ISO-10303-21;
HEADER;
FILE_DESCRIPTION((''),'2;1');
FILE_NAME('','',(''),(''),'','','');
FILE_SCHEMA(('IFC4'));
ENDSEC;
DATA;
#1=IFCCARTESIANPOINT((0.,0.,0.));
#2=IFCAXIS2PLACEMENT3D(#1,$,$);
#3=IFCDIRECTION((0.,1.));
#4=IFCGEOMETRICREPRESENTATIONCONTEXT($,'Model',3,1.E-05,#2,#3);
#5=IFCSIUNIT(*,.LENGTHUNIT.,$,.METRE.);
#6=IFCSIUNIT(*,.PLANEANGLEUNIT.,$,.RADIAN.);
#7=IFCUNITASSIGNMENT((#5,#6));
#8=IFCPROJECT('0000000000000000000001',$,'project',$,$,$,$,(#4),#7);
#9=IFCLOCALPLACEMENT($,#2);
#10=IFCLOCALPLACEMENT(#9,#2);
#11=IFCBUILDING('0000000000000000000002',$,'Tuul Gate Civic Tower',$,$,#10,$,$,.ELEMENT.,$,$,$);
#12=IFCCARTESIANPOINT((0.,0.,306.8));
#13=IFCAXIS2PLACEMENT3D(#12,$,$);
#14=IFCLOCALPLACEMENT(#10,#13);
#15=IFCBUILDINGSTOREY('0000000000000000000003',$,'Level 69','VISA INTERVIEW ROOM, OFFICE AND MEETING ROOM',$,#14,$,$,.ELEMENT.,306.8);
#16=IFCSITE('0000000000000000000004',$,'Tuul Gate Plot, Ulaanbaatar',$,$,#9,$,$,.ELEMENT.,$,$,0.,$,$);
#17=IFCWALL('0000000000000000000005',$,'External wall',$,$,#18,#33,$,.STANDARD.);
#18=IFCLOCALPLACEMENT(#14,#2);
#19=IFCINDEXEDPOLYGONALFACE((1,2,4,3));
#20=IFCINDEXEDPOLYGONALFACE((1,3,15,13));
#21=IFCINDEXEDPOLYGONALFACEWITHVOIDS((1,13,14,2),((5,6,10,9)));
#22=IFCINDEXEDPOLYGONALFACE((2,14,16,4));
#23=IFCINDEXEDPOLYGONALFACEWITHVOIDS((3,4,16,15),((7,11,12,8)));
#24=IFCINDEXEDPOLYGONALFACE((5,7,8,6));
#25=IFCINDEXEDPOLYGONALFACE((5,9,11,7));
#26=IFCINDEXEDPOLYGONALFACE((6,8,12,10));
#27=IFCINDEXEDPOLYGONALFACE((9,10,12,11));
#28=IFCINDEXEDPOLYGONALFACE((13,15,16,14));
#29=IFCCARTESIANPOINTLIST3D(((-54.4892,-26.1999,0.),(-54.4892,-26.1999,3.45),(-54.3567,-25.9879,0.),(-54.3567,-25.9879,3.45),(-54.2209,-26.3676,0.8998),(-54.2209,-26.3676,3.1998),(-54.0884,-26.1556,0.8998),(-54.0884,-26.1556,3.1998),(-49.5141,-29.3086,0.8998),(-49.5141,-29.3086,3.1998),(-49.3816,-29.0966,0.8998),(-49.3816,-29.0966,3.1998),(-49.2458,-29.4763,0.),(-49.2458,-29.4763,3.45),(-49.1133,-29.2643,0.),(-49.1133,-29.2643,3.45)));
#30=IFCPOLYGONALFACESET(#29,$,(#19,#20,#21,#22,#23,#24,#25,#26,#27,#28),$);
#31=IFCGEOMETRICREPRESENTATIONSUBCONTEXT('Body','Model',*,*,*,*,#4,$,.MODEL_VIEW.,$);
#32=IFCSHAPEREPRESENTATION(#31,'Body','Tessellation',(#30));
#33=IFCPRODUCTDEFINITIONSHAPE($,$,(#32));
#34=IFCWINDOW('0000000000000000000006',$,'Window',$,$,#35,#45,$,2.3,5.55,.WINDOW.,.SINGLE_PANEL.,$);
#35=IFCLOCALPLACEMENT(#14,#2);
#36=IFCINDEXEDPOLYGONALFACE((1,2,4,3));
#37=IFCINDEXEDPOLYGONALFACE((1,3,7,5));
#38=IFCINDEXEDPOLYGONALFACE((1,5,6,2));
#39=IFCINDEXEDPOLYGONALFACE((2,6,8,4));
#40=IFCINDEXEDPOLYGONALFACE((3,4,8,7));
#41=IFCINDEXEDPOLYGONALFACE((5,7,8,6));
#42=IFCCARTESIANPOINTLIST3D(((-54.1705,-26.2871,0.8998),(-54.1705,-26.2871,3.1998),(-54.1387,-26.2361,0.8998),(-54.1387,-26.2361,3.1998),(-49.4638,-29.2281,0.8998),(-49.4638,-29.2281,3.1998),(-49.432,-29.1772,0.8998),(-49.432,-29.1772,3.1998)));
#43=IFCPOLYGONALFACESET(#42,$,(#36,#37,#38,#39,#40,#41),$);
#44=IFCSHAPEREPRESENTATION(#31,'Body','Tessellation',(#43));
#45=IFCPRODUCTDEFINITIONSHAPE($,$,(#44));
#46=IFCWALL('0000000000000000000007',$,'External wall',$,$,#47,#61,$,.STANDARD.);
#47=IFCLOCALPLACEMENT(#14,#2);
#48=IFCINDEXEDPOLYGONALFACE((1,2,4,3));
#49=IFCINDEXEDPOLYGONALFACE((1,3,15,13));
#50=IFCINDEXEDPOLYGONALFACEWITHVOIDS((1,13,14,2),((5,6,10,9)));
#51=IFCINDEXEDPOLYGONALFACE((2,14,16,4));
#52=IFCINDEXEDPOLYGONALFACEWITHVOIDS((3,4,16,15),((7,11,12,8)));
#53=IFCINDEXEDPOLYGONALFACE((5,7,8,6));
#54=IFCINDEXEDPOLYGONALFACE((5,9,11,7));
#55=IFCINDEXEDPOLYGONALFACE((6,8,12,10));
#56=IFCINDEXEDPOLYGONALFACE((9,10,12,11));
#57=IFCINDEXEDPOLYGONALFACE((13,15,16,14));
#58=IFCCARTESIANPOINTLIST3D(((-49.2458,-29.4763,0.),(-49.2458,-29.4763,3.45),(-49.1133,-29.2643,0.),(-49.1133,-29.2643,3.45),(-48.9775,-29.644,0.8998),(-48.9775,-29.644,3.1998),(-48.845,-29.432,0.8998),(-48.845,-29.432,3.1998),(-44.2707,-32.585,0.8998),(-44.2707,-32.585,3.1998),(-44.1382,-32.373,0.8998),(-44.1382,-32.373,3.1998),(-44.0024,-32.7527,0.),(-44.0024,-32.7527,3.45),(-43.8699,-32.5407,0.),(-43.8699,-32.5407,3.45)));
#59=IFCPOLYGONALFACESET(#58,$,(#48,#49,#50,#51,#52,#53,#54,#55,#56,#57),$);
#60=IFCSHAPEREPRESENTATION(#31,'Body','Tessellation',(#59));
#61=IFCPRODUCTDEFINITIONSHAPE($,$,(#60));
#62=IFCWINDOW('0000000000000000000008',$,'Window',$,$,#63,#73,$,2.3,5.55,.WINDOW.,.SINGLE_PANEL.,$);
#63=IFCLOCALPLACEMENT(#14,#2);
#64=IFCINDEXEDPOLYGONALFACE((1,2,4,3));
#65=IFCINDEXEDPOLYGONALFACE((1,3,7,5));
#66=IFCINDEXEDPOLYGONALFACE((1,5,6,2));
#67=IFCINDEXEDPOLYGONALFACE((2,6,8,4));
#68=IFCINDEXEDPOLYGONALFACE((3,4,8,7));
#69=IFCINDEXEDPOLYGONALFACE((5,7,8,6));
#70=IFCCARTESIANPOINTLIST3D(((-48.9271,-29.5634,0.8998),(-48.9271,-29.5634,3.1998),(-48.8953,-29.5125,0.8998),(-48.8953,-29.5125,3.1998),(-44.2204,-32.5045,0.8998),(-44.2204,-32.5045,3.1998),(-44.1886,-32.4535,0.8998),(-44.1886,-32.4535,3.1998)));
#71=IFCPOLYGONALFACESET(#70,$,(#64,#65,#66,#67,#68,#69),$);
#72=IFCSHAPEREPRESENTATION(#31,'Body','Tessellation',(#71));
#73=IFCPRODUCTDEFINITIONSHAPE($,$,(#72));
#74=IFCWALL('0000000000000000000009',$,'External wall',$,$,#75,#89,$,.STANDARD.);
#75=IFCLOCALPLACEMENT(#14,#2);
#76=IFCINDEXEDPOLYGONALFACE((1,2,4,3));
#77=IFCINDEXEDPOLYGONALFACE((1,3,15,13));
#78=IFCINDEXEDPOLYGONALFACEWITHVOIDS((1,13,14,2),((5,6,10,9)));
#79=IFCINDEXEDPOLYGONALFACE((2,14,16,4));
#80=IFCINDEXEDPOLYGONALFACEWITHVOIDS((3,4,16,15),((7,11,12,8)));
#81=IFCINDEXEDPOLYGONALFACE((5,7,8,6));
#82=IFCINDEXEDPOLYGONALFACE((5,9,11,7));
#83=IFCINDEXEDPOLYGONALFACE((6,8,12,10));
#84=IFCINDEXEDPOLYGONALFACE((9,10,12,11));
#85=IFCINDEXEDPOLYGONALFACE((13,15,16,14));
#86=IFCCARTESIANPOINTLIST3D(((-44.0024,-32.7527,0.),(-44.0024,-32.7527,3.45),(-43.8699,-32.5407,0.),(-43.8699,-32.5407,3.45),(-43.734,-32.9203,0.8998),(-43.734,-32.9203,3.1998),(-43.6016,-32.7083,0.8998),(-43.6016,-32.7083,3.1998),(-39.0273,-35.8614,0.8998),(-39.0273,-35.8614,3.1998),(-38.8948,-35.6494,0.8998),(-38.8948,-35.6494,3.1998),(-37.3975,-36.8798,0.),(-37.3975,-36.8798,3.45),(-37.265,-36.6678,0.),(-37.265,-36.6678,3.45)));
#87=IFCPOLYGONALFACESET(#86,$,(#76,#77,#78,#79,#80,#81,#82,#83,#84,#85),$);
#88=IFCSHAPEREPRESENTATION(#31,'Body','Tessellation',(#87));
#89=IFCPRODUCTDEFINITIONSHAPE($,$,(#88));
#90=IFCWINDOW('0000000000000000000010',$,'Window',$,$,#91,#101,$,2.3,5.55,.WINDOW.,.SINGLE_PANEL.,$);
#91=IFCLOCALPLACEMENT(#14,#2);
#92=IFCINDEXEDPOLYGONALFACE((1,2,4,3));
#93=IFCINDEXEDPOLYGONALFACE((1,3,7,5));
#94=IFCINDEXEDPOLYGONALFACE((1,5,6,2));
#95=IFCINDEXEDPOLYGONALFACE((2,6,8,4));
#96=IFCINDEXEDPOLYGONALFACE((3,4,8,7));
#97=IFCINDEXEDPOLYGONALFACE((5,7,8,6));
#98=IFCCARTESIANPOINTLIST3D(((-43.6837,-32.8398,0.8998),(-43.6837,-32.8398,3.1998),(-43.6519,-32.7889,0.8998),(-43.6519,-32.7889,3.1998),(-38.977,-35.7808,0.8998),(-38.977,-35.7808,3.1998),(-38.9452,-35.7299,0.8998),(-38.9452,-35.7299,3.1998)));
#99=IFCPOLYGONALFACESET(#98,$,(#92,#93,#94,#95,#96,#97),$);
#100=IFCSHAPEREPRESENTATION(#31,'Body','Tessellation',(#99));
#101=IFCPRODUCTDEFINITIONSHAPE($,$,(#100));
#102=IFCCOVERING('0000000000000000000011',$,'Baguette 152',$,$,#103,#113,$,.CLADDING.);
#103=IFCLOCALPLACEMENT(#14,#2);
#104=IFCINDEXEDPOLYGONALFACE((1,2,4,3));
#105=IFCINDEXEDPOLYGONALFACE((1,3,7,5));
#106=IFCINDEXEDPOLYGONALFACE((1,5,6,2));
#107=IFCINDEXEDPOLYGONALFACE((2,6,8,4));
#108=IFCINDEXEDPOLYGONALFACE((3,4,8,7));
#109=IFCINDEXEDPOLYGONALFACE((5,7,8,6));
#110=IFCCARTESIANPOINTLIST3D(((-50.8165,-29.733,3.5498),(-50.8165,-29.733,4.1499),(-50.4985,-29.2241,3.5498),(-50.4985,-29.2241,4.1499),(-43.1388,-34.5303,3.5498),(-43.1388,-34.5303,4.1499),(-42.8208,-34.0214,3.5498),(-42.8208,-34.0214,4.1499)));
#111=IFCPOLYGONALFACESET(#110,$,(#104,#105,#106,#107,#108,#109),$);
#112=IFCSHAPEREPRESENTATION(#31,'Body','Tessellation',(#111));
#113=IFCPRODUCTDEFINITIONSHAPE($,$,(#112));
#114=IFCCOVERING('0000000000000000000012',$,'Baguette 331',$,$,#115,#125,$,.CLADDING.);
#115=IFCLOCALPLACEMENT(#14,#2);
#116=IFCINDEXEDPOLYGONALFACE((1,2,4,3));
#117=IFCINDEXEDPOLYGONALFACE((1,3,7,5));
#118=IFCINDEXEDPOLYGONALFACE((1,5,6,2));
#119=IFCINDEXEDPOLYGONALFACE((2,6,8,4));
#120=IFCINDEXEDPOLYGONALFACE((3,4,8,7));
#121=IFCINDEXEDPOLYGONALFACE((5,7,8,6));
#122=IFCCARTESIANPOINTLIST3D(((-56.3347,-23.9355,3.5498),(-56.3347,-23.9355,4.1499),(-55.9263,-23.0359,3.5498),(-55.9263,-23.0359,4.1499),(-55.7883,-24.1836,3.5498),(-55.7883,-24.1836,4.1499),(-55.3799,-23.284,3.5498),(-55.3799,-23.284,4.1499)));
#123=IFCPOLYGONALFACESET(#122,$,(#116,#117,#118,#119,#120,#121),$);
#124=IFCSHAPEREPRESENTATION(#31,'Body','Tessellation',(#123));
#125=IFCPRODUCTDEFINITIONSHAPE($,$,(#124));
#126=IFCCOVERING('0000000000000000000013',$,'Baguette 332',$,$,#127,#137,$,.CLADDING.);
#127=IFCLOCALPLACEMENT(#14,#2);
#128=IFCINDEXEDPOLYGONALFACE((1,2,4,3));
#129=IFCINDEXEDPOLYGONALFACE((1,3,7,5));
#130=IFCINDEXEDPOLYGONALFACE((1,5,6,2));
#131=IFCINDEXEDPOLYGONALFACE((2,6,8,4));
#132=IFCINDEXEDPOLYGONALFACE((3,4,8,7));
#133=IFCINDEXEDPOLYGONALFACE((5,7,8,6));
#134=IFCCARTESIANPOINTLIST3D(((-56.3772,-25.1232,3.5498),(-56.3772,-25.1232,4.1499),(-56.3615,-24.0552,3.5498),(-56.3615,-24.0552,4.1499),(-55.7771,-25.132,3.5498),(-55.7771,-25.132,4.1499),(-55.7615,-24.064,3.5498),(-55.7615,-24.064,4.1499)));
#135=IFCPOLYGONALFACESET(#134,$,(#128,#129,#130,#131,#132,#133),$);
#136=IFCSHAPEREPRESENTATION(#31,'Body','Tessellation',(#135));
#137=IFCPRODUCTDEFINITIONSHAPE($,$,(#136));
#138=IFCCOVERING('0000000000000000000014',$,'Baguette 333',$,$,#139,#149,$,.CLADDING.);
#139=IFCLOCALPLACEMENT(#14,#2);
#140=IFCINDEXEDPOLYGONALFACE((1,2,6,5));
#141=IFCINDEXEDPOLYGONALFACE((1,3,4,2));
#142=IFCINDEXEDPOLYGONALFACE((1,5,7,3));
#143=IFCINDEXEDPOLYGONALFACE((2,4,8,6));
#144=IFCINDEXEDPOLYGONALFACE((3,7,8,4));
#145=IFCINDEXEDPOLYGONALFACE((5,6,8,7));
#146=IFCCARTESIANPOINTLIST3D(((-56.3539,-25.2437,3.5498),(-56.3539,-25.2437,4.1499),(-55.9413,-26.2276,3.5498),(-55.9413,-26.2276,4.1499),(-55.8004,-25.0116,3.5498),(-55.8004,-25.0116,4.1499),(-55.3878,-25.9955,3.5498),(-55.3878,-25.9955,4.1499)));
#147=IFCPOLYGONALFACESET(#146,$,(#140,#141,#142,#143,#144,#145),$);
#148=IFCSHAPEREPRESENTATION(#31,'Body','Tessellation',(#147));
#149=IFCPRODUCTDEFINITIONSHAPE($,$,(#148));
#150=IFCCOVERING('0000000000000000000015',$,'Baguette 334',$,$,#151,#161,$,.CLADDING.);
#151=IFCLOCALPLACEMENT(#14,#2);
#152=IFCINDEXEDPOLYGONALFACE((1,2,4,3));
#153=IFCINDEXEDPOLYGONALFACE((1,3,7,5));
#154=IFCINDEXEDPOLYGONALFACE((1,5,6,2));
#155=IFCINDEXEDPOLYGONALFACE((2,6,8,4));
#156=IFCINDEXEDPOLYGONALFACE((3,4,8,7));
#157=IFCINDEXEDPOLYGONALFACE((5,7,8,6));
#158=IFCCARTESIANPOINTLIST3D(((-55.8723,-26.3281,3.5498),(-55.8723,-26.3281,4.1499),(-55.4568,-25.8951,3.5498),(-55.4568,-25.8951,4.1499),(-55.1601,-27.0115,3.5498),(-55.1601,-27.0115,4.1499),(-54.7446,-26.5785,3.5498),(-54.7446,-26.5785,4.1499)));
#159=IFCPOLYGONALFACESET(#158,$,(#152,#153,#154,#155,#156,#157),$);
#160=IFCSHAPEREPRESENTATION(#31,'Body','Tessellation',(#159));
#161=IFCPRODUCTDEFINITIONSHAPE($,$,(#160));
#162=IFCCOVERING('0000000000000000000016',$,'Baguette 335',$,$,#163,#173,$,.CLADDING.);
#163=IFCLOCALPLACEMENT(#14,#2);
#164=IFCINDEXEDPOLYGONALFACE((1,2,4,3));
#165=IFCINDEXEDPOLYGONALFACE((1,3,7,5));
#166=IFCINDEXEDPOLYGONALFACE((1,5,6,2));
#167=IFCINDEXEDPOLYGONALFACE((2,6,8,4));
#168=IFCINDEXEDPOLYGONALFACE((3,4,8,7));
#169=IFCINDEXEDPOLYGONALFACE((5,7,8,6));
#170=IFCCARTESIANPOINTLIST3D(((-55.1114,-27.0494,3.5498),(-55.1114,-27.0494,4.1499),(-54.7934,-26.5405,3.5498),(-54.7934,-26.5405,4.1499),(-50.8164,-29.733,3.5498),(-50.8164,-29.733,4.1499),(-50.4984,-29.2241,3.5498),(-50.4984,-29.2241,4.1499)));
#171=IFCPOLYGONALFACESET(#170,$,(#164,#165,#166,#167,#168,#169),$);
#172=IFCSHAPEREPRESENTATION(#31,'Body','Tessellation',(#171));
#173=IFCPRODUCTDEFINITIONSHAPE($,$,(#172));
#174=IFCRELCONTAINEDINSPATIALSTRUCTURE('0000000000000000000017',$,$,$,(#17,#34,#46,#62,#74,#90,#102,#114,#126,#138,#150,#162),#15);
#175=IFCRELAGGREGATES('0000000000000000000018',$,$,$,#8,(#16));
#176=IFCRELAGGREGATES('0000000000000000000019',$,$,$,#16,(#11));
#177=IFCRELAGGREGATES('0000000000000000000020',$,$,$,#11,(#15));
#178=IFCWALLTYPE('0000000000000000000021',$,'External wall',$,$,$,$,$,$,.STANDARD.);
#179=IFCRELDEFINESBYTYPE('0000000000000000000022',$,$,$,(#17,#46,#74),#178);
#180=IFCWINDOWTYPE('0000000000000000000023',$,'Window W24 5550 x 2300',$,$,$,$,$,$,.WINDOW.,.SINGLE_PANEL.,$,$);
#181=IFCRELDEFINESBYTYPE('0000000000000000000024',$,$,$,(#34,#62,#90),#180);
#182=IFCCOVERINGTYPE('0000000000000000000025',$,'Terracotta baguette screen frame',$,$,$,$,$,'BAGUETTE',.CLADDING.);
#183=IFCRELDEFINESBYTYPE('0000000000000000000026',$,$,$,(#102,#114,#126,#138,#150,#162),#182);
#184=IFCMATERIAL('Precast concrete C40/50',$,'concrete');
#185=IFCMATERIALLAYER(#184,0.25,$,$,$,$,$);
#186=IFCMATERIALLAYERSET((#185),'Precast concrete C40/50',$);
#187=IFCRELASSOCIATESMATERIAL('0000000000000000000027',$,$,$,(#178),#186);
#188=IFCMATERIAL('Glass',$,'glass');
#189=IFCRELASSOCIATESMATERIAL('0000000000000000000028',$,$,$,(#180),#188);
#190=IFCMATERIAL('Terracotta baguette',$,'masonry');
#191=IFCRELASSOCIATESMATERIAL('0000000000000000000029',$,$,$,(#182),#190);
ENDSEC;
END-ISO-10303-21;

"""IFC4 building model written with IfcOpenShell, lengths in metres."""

from ifc_helpers import new_model, si_unit, direction, frame, frame_2d, origin, origin_2d, place, context, subcontext, project, spatial, rectangle, extrude, material, layer, layer_set, material_profile, profile_set, type_object, element, fill, save


model = new_model("IFC4")

# Units and contexts
model_context = context("Model", 3, precision=1e-05, world=origin(), true_north=direction((0.0, 1.0)))
body_context = subcontext(model_context, "Body", "Model", "MODEL_VIEW")
ifc_project = project(units=[si_unit("LENGTHUNIT", "METRE"), si_unit("PLANEANGLEUNIT", "RADIAN")], contexts=[model_context])

# Site, building, storey
site_placement = place(None, origin())
site = spatial("IfcSite", under=ifc_project, at=site_placement, Name="Tuul Gate Plot, Ulaanbaatar", CompositionType="ELEMENT", RefElevation=0.0)
building_placement = place(site_placement, origin())
building = spatial("IfcBuilding", under=site, at=building_placement, Name="Tuul Gate Civic Tower", CompositionType="ELEMENT")
storey_placement = place(building_placement, frame((0.0, 0.0, 306.8)))
storey = spatial("IfcBuildingStorey", under=building, at=storey_placement, Name="Level 69", Description="VISA INTERVIEW ROOM, OFFICE AND MEETING ROOM", CompositionType="ELEMENT", Elevation=306.8)

# Shared definitions
ifc_material_1 = material(Name="Precast concrete C40/50", Category="concrete")
ifc_layer_1 = layer(ifc_material_1, 0.25)
ifc_layer_set_1 = layer_set([ifc_layer_1], Name="Precast concrete C40/50")
wall_type_1 = type_object("IfcWallType", Name="External wall", PredefinedType="STANDARD", material=ifc_layer_set_1)

# Walls, openings, windows
wall_1_placement = place(storey_placement, frame((-54.4229, -26.094, 0.0), z_axis=(0.0, 0.0, 1.0), x_axis=(0.848054, -0.52991, 0.0)))
wall_1 = element("IfcWall", 1, at=wall_1_placement, inside=storey, type_object=wall_type_1, Name="External wall", PredefinedType="STANDARD", context=body_context, shape_type="SweptSolid", body=[
    extrude(rectangle(XDim=6.1829, YDim=0.25, at=frame_2d((3.0913, 0.0))), origin(), (0.0, 0.0, 1.0), 3.45),
])
opening_1_placement = place(wall_1_placement, frame((0.3164, 0.0, 0.8999)))
opening_1 = element("IfcOpeningElement", 2, at=opening_1_placement, cuts=wall_1, PredefinedType="OPENING", context=body_context, shape_type="SweptSolid", body=[
    extrude(rectangle(XDim=5.55, YDim=2.3, at=frame_2d((2.7749, 1.1499))), frame((0.0, 0.135, 0.0), z_axis=(0.0, -1.0, 0.0), x_axis=(1.0, 0.0, 0.0)), (0.0, 0.0, 1.0), 0.27),
])
ifc_material_2 = material(Name="Glass", Category="glass")
window_type = type_object("IfcWindowType", Name="Window W24 5550 x 2300", PartitioningType="SINGLE_PANEL", PredefinedType="WINDOW", material=ifc_material_2)
window_1_placement = place(opening_1_placement, origin())
window_1 = element("IfcWindow", 3, at=window_1_placement, inside=storey, type_object=window_type, Name="Window", OverallHeight=2.3, OverallWidth=5.55, PartitioningType="SINGLE_PANEL", PredefinedType="WINDOW", context=body_context, shape_type="SweptSolid", body=[
    extrude(rectangle(XDim=5.55, YDim=2.3, at=frame_2d((2.7749, 1.1499))), frame((0.0, 0.03, 0.0), z_axis=(0.0, -1.0, 0.0), x_axis=(1.0, 0.0, 0.0)), (0.0, 0.0, 1.0), 0.0601),
])
fill(opening_1, window_1)
wall_2_placement = place(storey_placement, frame((-49.1794, -29.3704, 0.0), z_axis=(0.0, 0.0, 1.0), x_axis=(0.848054, -0.52991, 0.0)))
wall_2 = element("IfcWall", 4, at=wall_2_placement, inside=storey, type_object=wall_type_1, Name="External wall", PredefinedType="STANDARD", context=body_context, shape_type="SweptSolid", body=[
    extrude(rectangle(XDim=6.1829, YDim=0.25, at=frame_2d((3.0913, 0.0))), origin(), (0.0, 0.0, 1.0), 3.45),
])
opening_2_placement = place(wall_2_placement, frame((0.3164, 0.0, 0.8999)))
opening_2 = element("IfcOpeningElement", 5, at=opening_2_placement, cuts=wall_2, PredefinedType="OPENING", context=body_context, shape_type="SweptSolid", body=[
    extrude(rectangle(XDim=5.55, YDim=2.3, at=frame_2d((2.7749, 1.1499))), frame((0.0, 0.135, 0.0), z_axis=(0.0, -1.0, 0.0), x_axis=(1.0, 0.0, 0.0)), (0.0, 0.0, 1.0), 0.27),
])
window_2_placement = place(opening_2_placement, origin())
window_2 = element("IfcWindow", 6, at=window_2_placement, inside=storey, type_object=window_type, Name="Window", OverallHeight=2.3, OverallWidth=5.55, PartitioningType="SINGLE_PANEL", PredefinedType="WINDOW", context=body_context, shape_type="SweptSolid", body=[
    extrude(rectangle(XDim=5.55, YDim=2.3, at=frame_2d((2.7749, 1.1499))), frame((0.0, 0.03, 0.0), z_axis=(0.0, -1.0, 0.0), x_axis=(1.0, 0.0, 0.0)), (0.0, 0.0, 1.0), 0.0601),
])
fill(opening_2, window_2)
wall_3_placement = place(storey_placement, frame((-43.936, -32.6467, 0.0), z_axis=(0.0, 0.0, 1.0), x_axis=(0.848051, -0.529914, 0.0)))
wall_3 = element("IfcWall", 7, at=wall_3_placement, inside=storey, type_object=wall_type_1, Name="External wall", PredefinedType="STANDARD", context=body_context, shape_type="SweptSolid", body=[
    extrude(rectangle(XDim=7.7883, YDim=0.25, at=frame_2d((3.894, 0.0))), origin(), (0.0, 0.0, 1.0), 3.45),
])
opening_3_placement = place(wall_3_placement, frame((0.3164, 0.0, 0.8999)))
opening_3 = element("IfcOpeningElement", 8, at=opening_3_placement, cuts=wall_3, PredefinedType="OPENING", context=body_context, shape_type="SweptSolid", body=[
    extrude(rectangle(XDim=5.55, YDim=2.3, at=frame_2d((2.7749, 1.1499))), frame((0.0, 0.135, 0.0), z_axis=(0.0, -1.0, 0.0), x_axis=(1.0, 0.0, 0.0)), (0.0, 0.0, 1.0), 0.27),
])
window_3_placement = place(opening_3_placement, origin())
window_3 = element("IfcWindow", 9, at=window_3_placement, inside=storey, type_object=window_type, Name="Window", OverallHeight=2.3, OverallWidth=5.55, PartitioningType="SINGLE_PANEL", PredefinedType="WINDOW", context=body_context, shape_type="SweptSolid", body=[
    extrude(rectangle(XDim=5.55, YDim=2.3, at=frame_2d((2.7749, 1.1499))), frame((0.0, 0.03, 0.0), z_axis=(0.0, -1.0, 0.0), x_axis=(1.0, 0.0, 0.0)), (0.0, 0.0, 1.0), 0.0601),
])
fill(opening_3, window_3)

# Coverings
ifc_material_3 = material(Name="Terracotta baguette", Category="masonry")
ifc_material_profile_1 = material_profile(ifc_material_3, rectangle(XDim=0.6001, YDim=0.6001, at=origin_2d()), Name="Terracotta baguette screen frame")
ifc_profile_set_1 = profile_set([ifc_material_profile_1], Name="Terracotta baguette")
covering_type = type_object("IfcCoveringType", Name="Terracotta baguette screen frame", ElementType="BAGUETTE", PredefinedType="CLADDING", material=ifc_profile_set_1)
covering_1_placement = place(storey_placement, frame((-50.6575, -29.4785, 3.8499), z_axis=(0.848059, -0.529902, 0.0), x_axis=(0.529902, 0.848059, 0.0)))
element("IfcCovering", 10, at=covering_1_placement, inside=storey, type_object=covering_type, Name="Baguette 152", PredefinedType="CLADDING", context=body_context, shape_type="SweptSolid", body=[
    extrude(rectangle(XDim=0.6001, YDim=0.6001, at=origin_2d()), origin(), (0.0, 0.0, 1.0), 9.0532),
])
covering_2_placement = place(storey_placement, frame((-55.6531, -23.1599, 3.8499), z_axis=(-0.413393, -0.910553, 0.0), x_axis=(0.910553, -0.413393, 0.0)))
element("IfcCovering", 11, at=covering_2_placement, inside=storey, type_object=covering_type, Name="Baguette 331", PredefinedType="CLADDING", context=body_context, shape_type="SweptSolid", body=[
    extrude(rectangle(XDim=0.6001, YDim=0.6001, at=origin_2d()), origin(), (0.0, 0.0, 1.0), 0.988),
])
covering_3_placement = place(storey_placement, frame((-56.0615, -24.0596, 3.8499), z_axis=(-0.014627, -0.999893, 0.0), x_axis=(0.999893, -0.014627, 0.0)))
element("IfcCovering", 12, at=covering_3_placement, inside=storey, type_object=covering_type, Name="Baguette 332", PredefinedType="CLADDING", context=body_context, shape_type="SweptSolid", body=[
    extrude(rectangle(XDim=0.6001, YDim=0.6001, at=origin_2d()), origin(), (0.0, 0.0, 1.0), 1.0681),
])
covering_4_placement = place(storey_placement, frame((-56.0771, -25.1277, 3.8499), z_axis=(0.386727, -0.922194, 0.0), x_axis=(0.922194, 0.386727, 0.0)))
element("IfcCovering", 13, at=covering_4_placement, inside=storey, type_object=covering_type, Name="Baguette 333", PredefinedType="CLADDING", context=body_context, shape_type="SweptSolid", body=[
    extrude(rectangle(XDim=0.6001, YDim=0.6001, at=origin_2d()), origin(), (0.0, 0.0, 1.0), 1.0669),
])
covering_5_placement = place(storey_placement, frame((-55.6646, -26.1116, 3.8499), z_axis=(0.72155, -0.692362, 0.0), x_axis=(0.692362, 0.72155, 0.0)))
element("IfcCovering", 14, at=covering_5_placement, inside=storey, type_object=covering_type, Name="Baguette 334", PredefinedType="CLADDING", context=body_context, shape_type="SweptSolid", body=[
    extrude(rectangle(XDim=0.6001, YDim=0.6001, at=origin_2d()), origin(), (0.0, 0.0, 1.0), 0.9871),
])
covering_6_placement = place(storey_placement, frame((-54.9524, -26.7949, 3.8499), z_axis=(0.848063, -0.529895, 0.0), x_axis=(0.529895, 0.848063, 0.0)))
element("IfcCovering", 15, at=covering_6_placement, inside=storey, type_object=covering_type, Name="Baguette 335", PredefinedType="CLADDING", context=body_context, shape_type="SweptSolid", body=[
    extrude(rectangle(XDim=0.6001, YDim=0.6001, at=origin_2d()), origin(), (0.0, 0.0, 1.0), 5.0645),
])

save(model, "model.ifc")
